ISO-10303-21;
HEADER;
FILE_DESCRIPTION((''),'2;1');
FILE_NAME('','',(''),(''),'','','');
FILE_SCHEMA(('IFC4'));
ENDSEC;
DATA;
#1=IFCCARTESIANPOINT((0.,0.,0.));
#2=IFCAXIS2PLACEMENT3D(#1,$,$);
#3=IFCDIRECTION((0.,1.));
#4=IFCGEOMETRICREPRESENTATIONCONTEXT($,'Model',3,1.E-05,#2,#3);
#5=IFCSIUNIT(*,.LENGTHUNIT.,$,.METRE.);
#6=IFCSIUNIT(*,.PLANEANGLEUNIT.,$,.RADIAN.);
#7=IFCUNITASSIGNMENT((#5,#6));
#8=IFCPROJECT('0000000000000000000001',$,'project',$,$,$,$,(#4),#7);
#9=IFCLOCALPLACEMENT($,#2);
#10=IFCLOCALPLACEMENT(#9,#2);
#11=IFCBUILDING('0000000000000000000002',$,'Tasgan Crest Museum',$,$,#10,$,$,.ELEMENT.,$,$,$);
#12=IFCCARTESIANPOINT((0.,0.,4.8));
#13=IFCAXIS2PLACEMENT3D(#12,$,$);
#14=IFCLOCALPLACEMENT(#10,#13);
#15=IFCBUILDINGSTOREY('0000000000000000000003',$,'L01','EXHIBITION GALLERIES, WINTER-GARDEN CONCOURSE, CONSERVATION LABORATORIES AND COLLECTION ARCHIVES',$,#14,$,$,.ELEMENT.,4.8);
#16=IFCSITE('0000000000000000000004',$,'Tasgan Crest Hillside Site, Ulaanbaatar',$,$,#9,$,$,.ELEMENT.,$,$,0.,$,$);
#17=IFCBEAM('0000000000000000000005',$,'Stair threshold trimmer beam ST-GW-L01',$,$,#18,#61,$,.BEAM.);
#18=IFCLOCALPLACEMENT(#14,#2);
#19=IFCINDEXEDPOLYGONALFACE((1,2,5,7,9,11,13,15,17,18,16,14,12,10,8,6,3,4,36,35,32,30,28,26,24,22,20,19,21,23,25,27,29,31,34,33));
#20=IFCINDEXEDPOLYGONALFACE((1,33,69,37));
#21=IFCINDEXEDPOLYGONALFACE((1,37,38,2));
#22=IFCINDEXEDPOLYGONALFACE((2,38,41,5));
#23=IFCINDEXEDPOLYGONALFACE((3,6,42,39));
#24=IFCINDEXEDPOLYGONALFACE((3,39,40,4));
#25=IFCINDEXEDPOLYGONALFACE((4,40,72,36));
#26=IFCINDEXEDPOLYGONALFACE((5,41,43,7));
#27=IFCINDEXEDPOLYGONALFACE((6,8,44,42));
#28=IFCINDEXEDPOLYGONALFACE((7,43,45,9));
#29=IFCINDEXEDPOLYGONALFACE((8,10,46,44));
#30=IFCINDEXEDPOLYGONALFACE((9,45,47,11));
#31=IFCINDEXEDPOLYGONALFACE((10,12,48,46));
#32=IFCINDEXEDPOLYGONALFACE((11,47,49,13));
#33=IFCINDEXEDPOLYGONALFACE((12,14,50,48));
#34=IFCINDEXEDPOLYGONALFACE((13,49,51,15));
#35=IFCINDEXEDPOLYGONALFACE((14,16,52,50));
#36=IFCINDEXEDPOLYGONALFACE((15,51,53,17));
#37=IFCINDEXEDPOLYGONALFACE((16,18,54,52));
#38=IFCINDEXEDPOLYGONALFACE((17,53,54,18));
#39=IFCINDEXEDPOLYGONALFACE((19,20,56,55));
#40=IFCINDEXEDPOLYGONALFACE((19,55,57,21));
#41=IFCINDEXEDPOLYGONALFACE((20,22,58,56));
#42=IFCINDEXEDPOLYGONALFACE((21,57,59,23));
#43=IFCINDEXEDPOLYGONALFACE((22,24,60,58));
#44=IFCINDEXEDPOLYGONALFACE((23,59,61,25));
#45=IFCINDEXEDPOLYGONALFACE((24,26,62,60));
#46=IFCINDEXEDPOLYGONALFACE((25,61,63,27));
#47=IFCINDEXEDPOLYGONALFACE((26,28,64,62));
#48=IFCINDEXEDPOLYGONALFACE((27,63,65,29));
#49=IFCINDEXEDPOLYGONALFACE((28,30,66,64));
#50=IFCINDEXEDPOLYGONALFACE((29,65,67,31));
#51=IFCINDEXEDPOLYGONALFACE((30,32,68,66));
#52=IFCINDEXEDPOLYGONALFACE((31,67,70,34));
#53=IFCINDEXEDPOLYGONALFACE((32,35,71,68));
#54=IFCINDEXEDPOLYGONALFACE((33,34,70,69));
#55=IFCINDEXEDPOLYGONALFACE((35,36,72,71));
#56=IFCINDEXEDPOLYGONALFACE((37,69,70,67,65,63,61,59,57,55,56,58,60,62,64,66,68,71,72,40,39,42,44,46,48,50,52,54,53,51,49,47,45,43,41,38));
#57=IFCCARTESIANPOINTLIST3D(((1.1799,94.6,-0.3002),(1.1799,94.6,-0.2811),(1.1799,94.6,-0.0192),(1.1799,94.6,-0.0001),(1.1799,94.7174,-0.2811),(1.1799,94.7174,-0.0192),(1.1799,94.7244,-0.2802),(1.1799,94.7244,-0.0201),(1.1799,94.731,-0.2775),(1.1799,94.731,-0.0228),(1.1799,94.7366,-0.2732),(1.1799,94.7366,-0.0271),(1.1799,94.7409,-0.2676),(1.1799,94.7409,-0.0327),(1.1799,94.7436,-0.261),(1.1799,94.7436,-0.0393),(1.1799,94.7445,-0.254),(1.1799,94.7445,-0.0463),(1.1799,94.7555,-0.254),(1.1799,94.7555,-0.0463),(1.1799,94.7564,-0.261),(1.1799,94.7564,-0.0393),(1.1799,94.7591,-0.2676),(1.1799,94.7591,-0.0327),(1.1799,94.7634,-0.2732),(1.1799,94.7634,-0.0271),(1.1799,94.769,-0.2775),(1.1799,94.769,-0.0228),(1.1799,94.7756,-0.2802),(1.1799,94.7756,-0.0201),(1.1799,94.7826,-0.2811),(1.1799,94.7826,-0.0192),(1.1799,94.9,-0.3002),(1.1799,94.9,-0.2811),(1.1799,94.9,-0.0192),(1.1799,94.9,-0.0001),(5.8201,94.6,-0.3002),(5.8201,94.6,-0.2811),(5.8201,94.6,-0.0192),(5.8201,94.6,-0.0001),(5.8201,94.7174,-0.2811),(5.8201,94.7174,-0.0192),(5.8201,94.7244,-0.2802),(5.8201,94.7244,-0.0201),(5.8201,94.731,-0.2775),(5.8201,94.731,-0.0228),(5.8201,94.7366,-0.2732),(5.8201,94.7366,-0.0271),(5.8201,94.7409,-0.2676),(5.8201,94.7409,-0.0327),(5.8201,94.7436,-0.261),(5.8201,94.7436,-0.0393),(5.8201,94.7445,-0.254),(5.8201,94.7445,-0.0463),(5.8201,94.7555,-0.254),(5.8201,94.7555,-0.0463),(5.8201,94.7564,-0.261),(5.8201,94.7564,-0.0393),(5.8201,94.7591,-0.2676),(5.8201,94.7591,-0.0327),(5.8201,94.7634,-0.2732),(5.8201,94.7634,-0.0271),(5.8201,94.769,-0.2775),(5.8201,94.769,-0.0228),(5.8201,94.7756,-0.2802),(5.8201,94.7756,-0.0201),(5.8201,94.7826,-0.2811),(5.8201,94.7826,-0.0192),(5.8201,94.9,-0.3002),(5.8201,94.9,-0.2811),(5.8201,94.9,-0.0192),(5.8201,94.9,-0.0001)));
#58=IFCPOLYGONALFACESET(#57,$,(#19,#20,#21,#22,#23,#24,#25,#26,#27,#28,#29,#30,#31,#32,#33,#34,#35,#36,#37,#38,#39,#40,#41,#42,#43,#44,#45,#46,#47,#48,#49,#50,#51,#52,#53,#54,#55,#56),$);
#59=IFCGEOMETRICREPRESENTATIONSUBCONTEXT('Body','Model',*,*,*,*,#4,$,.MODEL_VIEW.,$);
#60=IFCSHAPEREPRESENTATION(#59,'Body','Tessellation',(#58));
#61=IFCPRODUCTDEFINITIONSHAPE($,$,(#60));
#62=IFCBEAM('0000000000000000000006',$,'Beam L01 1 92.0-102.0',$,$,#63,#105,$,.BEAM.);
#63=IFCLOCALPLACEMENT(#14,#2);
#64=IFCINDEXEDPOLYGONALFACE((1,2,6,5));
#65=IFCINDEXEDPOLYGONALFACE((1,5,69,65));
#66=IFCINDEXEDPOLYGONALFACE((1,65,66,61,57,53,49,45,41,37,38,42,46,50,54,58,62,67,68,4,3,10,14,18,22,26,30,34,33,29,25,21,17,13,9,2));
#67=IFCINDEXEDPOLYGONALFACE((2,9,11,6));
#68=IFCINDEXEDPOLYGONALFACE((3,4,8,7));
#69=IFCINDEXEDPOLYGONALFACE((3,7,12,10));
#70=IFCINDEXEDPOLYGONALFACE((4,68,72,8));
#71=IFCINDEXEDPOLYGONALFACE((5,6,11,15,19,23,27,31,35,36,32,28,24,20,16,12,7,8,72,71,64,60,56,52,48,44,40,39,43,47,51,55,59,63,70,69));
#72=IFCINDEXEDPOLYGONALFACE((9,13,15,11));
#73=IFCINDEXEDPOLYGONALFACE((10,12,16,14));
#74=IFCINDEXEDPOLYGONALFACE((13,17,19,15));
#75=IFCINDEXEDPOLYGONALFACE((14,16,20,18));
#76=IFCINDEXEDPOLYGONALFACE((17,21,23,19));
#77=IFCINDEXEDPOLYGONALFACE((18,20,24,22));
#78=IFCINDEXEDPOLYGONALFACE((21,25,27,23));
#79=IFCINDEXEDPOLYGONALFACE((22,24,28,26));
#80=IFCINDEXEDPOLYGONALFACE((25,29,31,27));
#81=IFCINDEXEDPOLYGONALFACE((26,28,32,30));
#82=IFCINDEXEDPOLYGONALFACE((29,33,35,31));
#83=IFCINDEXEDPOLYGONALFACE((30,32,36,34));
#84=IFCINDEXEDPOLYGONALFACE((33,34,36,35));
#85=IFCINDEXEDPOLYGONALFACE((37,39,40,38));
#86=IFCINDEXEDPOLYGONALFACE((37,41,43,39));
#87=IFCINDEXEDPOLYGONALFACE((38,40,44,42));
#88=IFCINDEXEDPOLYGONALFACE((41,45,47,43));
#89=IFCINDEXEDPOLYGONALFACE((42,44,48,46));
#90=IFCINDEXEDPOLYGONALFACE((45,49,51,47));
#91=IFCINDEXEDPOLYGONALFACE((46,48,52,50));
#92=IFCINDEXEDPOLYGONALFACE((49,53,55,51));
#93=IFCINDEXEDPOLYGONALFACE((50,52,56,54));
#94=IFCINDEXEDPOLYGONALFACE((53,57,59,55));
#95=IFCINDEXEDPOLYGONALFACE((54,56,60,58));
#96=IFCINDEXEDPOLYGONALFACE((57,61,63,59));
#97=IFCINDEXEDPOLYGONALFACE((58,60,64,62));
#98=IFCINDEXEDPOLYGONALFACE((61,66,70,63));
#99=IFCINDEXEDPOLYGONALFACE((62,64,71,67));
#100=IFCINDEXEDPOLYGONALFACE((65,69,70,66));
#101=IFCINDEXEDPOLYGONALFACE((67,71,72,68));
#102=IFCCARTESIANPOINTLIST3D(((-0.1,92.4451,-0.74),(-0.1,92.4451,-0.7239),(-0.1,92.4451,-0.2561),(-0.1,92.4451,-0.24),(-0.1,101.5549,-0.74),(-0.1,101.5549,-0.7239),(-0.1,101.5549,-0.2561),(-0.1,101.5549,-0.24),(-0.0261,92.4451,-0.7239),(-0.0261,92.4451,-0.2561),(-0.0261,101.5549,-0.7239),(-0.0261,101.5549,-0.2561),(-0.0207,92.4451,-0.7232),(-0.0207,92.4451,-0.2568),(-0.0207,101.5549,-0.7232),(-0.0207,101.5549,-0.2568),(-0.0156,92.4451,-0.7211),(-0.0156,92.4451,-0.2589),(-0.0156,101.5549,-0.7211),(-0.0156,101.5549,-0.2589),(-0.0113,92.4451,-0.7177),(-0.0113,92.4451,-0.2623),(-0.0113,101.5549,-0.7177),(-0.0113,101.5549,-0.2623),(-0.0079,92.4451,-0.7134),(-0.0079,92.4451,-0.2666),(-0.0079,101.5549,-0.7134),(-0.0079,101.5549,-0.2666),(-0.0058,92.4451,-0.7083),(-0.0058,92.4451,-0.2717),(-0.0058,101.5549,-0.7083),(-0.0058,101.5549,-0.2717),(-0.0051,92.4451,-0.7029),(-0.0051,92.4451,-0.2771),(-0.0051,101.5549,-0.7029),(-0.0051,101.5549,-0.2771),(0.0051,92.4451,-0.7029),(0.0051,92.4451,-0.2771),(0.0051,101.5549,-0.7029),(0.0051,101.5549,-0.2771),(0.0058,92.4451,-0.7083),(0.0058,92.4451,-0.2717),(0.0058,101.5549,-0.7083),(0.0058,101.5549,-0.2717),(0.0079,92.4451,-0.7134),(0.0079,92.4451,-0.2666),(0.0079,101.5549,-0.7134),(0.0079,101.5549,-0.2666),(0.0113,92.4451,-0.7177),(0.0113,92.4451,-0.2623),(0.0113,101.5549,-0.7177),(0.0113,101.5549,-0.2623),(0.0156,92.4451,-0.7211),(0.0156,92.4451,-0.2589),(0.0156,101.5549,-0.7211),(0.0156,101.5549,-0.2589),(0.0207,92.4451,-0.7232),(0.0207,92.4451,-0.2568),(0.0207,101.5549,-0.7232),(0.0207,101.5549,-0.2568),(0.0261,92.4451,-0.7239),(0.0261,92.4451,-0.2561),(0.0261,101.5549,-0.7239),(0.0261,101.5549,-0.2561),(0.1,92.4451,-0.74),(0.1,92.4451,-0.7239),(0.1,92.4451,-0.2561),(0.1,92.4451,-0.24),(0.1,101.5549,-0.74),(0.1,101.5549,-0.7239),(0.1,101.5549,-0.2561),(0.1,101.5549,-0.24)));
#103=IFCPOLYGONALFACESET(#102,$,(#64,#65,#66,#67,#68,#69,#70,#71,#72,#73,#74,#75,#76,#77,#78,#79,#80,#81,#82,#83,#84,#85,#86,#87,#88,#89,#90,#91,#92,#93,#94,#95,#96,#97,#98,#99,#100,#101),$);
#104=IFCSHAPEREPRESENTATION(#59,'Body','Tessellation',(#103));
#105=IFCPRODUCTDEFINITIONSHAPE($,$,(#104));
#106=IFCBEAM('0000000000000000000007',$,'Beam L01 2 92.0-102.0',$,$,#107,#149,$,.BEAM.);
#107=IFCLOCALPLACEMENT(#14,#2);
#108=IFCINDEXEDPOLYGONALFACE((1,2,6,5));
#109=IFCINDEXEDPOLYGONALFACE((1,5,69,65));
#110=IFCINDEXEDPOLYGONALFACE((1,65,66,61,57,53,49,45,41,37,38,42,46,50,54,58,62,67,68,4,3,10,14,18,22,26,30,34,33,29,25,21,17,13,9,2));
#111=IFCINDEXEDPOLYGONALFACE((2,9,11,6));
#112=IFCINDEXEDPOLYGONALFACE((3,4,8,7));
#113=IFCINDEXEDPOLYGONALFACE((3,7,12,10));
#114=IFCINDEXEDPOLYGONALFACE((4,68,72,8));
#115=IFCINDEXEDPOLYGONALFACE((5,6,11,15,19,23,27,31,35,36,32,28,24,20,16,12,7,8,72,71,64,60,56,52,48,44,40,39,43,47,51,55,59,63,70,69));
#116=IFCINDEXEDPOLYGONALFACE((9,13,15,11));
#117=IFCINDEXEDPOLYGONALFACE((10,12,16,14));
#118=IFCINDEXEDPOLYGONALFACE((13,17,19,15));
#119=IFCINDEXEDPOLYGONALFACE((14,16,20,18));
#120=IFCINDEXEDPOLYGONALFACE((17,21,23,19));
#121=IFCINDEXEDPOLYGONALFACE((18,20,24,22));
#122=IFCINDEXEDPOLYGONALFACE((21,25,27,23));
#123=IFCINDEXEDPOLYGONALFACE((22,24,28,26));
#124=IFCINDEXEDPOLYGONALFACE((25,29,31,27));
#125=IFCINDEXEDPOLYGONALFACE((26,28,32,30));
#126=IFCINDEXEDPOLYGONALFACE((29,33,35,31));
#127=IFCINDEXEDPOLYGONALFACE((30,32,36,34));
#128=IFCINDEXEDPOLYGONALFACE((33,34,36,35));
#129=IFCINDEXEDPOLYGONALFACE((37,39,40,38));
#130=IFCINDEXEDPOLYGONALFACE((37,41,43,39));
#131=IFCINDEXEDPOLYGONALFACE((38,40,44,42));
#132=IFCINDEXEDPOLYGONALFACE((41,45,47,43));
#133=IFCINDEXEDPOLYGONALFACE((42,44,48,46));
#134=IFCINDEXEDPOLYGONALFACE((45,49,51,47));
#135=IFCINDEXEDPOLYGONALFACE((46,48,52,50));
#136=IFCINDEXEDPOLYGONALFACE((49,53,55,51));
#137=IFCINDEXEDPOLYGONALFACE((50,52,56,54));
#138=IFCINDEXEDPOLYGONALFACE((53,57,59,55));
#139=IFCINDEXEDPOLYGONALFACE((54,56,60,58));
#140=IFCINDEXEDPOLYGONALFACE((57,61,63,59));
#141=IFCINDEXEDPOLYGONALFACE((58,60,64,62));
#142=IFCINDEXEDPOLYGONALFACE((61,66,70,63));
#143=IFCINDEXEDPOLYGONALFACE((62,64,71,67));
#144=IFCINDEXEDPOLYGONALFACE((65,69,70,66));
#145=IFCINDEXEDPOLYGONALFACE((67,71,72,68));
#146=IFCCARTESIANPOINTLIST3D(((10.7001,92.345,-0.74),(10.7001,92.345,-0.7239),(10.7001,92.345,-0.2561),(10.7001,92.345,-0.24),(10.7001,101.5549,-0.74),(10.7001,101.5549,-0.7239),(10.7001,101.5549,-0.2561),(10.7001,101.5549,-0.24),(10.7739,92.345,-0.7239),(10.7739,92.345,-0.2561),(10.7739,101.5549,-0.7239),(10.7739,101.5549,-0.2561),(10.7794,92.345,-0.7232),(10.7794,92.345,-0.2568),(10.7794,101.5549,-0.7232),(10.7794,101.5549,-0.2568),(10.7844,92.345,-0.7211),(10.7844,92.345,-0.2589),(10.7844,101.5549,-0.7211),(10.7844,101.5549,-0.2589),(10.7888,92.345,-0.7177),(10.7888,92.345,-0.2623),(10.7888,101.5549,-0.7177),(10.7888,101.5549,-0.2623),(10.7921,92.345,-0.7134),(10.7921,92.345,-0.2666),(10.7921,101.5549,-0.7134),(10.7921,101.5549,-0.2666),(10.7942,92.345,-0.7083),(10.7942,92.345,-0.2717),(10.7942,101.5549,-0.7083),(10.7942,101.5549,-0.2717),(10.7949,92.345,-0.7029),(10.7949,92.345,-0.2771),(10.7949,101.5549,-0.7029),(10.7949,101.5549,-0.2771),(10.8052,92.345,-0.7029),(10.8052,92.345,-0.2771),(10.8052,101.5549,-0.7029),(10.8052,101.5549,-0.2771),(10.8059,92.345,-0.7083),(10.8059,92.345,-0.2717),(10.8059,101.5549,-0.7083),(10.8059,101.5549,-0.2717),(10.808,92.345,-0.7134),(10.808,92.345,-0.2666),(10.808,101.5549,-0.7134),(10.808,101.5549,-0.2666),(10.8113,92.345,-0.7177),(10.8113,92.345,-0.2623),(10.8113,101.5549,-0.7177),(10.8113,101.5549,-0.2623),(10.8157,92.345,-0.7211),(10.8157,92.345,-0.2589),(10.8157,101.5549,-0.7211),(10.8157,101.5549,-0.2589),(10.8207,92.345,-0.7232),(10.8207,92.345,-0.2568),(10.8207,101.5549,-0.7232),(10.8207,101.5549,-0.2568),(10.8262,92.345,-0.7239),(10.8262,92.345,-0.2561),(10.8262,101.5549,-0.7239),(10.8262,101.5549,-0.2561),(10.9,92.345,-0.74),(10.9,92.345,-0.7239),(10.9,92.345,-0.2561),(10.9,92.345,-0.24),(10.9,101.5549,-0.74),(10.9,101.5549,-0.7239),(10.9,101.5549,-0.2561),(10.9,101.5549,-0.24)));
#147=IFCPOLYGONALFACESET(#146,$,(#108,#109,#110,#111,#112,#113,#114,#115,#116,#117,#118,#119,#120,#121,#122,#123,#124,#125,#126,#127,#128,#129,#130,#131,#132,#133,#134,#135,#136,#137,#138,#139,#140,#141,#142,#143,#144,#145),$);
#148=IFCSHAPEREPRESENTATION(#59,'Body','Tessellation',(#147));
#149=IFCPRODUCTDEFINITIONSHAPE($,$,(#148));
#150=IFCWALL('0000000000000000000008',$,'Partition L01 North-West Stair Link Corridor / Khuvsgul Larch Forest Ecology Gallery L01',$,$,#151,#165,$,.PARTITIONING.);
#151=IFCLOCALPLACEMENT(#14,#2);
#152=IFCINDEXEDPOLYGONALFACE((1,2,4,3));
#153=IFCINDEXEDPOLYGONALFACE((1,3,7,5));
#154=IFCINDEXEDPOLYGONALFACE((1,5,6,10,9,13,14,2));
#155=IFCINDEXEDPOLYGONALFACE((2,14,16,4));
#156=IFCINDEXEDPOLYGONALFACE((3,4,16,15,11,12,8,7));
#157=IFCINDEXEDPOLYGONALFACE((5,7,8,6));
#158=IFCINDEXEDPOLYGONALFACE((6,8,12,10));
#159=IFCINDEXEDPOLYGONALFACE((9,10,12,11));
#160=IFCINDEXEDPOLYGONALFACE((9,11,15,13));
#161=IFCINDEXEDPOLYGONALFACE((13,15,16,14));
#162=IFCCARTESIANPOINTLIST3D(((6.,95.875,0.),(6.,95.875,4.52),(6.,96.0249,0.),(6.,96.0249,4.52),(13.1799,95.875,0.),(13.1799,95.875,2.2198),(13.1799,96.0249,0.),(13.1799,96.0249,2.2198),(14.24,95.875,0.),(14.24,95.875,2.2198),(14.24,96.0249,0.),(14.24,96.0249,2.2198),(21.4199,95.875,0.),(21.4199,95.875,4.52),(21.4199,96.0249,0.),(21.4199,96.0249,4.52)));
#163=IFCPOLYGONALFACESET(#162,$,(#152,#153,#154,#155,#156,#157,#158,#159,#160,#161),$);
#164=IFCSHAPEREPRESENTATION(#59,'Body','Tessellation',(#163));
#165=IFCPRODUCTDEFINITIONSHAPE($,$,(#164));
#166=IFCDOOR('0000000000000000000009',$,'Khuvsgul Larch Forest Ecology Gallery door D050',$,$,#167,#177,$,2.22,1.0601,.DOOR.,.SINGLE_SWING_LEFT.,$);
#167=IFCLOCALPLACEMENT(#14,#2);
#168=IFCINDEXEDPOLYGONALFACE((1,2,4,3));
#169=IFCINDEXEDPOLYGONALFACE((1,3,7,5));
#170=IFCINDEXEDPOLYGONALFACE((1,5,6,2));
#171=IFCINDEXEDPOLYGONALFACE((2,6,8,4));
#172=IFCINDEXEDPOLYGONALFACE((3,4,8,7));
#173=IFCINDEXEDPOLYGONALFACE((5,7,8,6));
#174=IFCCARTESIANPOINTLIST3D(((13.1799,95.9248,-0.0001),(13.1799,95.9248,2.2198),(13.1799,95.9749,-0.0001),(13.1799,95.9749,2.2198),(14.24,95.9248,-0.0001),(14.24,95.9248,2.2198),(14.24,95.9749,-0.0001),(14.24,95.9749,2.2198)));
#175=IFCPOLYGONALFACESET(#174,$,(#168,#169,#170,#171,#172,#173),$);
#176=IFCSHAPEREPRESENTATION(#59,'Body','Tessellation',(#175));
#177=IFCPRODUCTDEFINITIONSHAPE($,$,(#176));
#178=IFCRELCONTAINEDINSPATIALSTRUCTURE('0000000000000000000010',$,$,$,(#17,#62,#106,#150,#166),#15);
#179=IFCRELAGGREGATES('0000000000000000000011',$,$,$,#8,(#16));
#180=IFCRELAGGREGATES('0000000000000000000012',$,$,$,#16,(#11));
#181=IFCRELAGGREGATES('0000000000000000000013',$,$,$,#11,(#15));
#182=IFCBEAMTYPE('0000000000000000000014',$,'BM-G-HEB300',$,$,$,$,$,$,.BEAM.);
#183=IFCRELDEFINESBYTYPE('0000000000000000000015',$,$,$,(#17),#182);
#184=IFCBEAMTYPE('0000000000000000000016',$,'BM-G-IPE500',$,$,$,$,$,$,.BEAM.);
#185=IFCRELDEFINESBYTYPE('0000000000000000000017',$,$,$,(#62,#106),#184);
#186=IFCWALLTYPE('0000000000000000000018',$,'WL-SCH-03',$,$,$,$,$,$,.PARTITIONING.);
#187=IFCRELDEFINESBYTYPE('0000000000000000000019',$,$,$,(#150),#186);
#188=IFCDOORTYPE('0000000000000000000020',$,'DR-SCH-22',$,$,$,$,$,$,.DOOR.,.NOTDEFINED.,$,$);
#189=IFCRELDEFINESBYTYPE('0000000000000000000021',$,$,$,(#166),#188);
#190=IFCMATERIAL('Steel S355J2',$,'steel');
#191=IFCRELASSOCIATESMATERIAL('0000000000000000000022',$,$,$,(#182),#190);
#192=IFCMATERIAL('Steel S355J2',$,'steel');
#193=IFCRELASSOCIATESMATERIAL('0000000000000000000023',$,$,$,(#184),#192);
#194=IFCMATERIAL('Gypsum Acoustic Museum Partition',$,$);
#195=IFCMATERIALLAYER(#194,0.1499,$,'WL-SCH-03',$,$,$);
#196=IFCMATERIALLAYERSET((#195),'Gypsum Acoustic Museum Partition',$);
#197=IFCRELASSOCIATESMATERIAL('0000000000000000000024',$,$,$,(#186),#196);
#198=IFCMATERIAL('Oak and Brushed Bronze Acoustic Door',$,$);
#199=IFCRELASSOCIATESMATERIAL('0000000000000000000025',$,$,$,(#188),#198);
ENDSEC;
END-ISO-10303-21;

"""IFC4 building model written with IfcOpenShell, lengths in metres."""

from ifc_helpers import new_model, si_unit, direction, frame, frame_2d, origin, origin_2d, place, context, subcontext, project, spatial, rectangle, i_section, extrude, material, layer, layer_set, material_profile, profile_set, type_object, element, fill, save


model = new_model("IFC4")

# Units and contexts
model_context = context("Model", 3, precision=1e-05, world=origin(), true_north=direction((0.0, 1.0)))
body_context = subcontext(model_context, "Body", "Model", "MODEL_VIEW")
ifc_project = project(units=[si_unit("LENGTHUNIT", "METRE"), si_unit("PLANEANGLEUNIT", "RADIAN")], contexts=[model_context])

# Site, building, storey
site_placement = place(None, origin())
site = spatial("IfcSite", under=ifc_project, at=site_placement, Name="Tasgan Crest Hillside Site, Ulaanbaatar", CompositionType="ELEMENT", RefElevation=0.0)
building_placement = place(site_placement, origin())
building = spatial("IfcBuilding", under=site, at=building_placement, Name="Tasgan Crest Museum", CompositionType="ELEMENT")
storey_placement = place(building_placement, frame((0.0, 0.0, 4.8)))
storey = spatial("IfcBuildingStorey", under=building, at=storey_placement, Name="L01", Description="EXHIBITION GALLERIES, WINTER-GARDEN CONCOURSE, CONSERVATION LABORATORIES AND COLLECTION ARCHIVES", CompositionType="ELEMENT", Elevation=4.8)

# Beams
ifc_material_1 = material(Name="Steel S355J2", Category="steel")
ifc_material_profile_1 = material_profile(ifc_material_1, i_section(OverallWidth=0.3, OverallDepth=0.3, WebThickness=0.011, FlangeThickness=0.019, FilletRadius=0.0271, at=origin_2d()), Name="HEB 300")
ifc_profile_set_1 = profile_set([ifc_material_profile_1], Name="Steel S355J2")
beam_type_1 = type_object("IfcBeamType", Name="BM-G-HEB300", PredefinedType="BEAM", material=ifc_profile_set_1)
beam_1_placement = place(storey_placement, frame((1.1799, 94.75, -0.1501), z_axis=(1.0, 0.0, 0.0), x_axis=(0.0, 1.0, 0.0)))
element("IfcBeam", 1, at=beam_1_placement, inside=storey, type_object=beam_type_1, Name="Stair threshold trimmer beam ST-GW-L01", PredefinedType="BEAM", context=body_context, shape_type="SweptSolid", body=[
    extrude(i_section(OverallWidth=0.3, OverallDepth=0.3, WebThickness=0.011, FlangeThickness=0.019, FilletRadius=0.0271, at=origin_2d()), origin(), (0.0, 0.0, 1.0), 4.6401),
])
ifc_material_2 = material(Name="Steel S355J2", Category="steel")
ifc_material_profile_2 = material_profile(ifc_material_2, i_section(OverallWidth=0.2, OverallDepth=0.5, WebThickness=0.0103, FlangeThickness=0.0161, FilletRadius=0.021, at=origin_2d()), Name="IPE 500")
ifc_profile_set_2 = profile_set([ifc_material_profile_2], Name="Steel S355J2")
beam_type_2 = type_object("IfcBeamType", Name="BM-G-IPE500", PredefinedType="BEAM", material=ifc_profile_set_2)
beam_2_placement = place(storey_placement, frame((0.0, 92.4451, -0.49), z_axis=(0.0, 1.0, 0.0), x_axis=(-1.0, 0.0, 0.0)))
element("IfcBeam", 2, at=beam_2_placement, inside=storey, type_object=beam_type_2, Name="Beam L01 1 92.0-102.0", PredefinedType="BEAM", context=body_context, shape_type="SweptSolid", body=[
    extrude(i_section(OverallWidth=0.2, OverallDepth=0.5, WebThickness=0.0103, FlangeThickness=0.0161, FilletRadius=0.021, at=origin_2d()), origin(), (0.0, 0.0, 1.0), 9.1099),
])
beam_3_placement = place(storey_placement, frame((10.8, 92.345, -0.49), z_axis=(0.0, 1.0, 0.0), x_axis=(-1.0, 0.0, 0.0)))
element("IfcBeam", 3, at=beam_3_placement, inside=storey, type_object=beam_type_2, Name="Beam L01 2 92.0-102.0", PredefinedType="BEAM", context=body_context, shape_type="SweptSolid", body=[
    extrude(i_section(OverallWidth=0.2, OverallDepth=0.5, WebThickness=0.0103, FlangeThickness=0.0161, FilletRadius=0.021, at=origin_2d()), origin(), (0.0, 0.0, 1.0), 9.21),
])

# Wall, opening, door
ifc_material_3 = material(Name="Gypsum Acoustic Museum Partition")
ifc_layer_1 = layer(ifc_material_3, 0.1499, Name="WL-SCH-03")
ifc_layer_set_1 = layer_set([ifc_layer_1], Name="Gypsum Acoustic Museum Partition")
wall_type_1 = type_object("IfcWallType", Name="WL-SCH-03", PredefinedType="PARTITIONING", material=ifc_layer_set_1)
wall_1_placement = place(storey_placement, frame((6.0, 95.95, 0.0), z_axis=(0.0, 0.0, 1.0), x_axis=(1.0, 0.0, 0.0)))
wall_1 = element("IfcWall", 4, at=wall_1_placement, inside=storey, type_object=wall_type_1, Name="Partition L01 North-West Stair Link Corridor / Khuvsgul Larch Forest Ecology Gallery L01", PredefinedType="PARTITIONING", context=body_context, shape_type="SweptSolid", body=[
    extrude(rectangle(XDim=15.4199, YDim=0.1499, at=frame_2d((7.71, 0.0))), origin(), (0.0, 0.0, 1.0), 4.52),
])
opening_1_placement = place(wall_1_placement, frame((7.1799, 0.0, 0.0)))
opening_1 = element("IfcOpeningElement", 5, at=opening_1_placement, cuts=wall_1, PredefinedType="OPENING", context=body_context, shape_type="SweptSolid", body=[
    extrude(rectangle(XDim=1.0601, YDim=2.22, at=frame_2d((0.53, 1.1099))), frame((0.0, 0.085, 0.0), z_axis=(0.0, -1.0, 0.0), x_axis=(1.0, 0.0, 0.0)), (0.0, 0.0, 1.0), 0.1699),
])
ifc_material_4 = material(Name="Oak and Brushed Bronze Acoustic Door")
door_type_1 = type_object("IfcDoorType", Name="DR-SCH-22", OperationType="NOTDEFINED", PredefinedType="DOOR", material=ifc_material_4)
door_1_placement = place(opening_1_placement, origin())
door_1 = element("IfcDoor", 6, at=door_1_placement, inside=storey, type_object=door_type_1, Name="Khuvsgul Larch Forest Ecology Gallery door D050", OperationType="SINGLE_SWING_LEFT", OverallHeight=2.22, OverallWidth=1.0601, PredefinedType="DOOR", context=body_context, shape_type="SweptSolid", body=[
    extrude(rectangle(XDim=1.0601, YDim=2.22, at=frame_2d((0.53, 1.1099))), frame((0.0, 0.0249, 0.0), z_axis=(0.0, -1.0, 0.0), x_axis=(1.0, 0.0, 0.0)), (0.0, 0.0, 1.0), 0.05),
])
fill(opening_1, door_1)

save(model, "model.ifc")
